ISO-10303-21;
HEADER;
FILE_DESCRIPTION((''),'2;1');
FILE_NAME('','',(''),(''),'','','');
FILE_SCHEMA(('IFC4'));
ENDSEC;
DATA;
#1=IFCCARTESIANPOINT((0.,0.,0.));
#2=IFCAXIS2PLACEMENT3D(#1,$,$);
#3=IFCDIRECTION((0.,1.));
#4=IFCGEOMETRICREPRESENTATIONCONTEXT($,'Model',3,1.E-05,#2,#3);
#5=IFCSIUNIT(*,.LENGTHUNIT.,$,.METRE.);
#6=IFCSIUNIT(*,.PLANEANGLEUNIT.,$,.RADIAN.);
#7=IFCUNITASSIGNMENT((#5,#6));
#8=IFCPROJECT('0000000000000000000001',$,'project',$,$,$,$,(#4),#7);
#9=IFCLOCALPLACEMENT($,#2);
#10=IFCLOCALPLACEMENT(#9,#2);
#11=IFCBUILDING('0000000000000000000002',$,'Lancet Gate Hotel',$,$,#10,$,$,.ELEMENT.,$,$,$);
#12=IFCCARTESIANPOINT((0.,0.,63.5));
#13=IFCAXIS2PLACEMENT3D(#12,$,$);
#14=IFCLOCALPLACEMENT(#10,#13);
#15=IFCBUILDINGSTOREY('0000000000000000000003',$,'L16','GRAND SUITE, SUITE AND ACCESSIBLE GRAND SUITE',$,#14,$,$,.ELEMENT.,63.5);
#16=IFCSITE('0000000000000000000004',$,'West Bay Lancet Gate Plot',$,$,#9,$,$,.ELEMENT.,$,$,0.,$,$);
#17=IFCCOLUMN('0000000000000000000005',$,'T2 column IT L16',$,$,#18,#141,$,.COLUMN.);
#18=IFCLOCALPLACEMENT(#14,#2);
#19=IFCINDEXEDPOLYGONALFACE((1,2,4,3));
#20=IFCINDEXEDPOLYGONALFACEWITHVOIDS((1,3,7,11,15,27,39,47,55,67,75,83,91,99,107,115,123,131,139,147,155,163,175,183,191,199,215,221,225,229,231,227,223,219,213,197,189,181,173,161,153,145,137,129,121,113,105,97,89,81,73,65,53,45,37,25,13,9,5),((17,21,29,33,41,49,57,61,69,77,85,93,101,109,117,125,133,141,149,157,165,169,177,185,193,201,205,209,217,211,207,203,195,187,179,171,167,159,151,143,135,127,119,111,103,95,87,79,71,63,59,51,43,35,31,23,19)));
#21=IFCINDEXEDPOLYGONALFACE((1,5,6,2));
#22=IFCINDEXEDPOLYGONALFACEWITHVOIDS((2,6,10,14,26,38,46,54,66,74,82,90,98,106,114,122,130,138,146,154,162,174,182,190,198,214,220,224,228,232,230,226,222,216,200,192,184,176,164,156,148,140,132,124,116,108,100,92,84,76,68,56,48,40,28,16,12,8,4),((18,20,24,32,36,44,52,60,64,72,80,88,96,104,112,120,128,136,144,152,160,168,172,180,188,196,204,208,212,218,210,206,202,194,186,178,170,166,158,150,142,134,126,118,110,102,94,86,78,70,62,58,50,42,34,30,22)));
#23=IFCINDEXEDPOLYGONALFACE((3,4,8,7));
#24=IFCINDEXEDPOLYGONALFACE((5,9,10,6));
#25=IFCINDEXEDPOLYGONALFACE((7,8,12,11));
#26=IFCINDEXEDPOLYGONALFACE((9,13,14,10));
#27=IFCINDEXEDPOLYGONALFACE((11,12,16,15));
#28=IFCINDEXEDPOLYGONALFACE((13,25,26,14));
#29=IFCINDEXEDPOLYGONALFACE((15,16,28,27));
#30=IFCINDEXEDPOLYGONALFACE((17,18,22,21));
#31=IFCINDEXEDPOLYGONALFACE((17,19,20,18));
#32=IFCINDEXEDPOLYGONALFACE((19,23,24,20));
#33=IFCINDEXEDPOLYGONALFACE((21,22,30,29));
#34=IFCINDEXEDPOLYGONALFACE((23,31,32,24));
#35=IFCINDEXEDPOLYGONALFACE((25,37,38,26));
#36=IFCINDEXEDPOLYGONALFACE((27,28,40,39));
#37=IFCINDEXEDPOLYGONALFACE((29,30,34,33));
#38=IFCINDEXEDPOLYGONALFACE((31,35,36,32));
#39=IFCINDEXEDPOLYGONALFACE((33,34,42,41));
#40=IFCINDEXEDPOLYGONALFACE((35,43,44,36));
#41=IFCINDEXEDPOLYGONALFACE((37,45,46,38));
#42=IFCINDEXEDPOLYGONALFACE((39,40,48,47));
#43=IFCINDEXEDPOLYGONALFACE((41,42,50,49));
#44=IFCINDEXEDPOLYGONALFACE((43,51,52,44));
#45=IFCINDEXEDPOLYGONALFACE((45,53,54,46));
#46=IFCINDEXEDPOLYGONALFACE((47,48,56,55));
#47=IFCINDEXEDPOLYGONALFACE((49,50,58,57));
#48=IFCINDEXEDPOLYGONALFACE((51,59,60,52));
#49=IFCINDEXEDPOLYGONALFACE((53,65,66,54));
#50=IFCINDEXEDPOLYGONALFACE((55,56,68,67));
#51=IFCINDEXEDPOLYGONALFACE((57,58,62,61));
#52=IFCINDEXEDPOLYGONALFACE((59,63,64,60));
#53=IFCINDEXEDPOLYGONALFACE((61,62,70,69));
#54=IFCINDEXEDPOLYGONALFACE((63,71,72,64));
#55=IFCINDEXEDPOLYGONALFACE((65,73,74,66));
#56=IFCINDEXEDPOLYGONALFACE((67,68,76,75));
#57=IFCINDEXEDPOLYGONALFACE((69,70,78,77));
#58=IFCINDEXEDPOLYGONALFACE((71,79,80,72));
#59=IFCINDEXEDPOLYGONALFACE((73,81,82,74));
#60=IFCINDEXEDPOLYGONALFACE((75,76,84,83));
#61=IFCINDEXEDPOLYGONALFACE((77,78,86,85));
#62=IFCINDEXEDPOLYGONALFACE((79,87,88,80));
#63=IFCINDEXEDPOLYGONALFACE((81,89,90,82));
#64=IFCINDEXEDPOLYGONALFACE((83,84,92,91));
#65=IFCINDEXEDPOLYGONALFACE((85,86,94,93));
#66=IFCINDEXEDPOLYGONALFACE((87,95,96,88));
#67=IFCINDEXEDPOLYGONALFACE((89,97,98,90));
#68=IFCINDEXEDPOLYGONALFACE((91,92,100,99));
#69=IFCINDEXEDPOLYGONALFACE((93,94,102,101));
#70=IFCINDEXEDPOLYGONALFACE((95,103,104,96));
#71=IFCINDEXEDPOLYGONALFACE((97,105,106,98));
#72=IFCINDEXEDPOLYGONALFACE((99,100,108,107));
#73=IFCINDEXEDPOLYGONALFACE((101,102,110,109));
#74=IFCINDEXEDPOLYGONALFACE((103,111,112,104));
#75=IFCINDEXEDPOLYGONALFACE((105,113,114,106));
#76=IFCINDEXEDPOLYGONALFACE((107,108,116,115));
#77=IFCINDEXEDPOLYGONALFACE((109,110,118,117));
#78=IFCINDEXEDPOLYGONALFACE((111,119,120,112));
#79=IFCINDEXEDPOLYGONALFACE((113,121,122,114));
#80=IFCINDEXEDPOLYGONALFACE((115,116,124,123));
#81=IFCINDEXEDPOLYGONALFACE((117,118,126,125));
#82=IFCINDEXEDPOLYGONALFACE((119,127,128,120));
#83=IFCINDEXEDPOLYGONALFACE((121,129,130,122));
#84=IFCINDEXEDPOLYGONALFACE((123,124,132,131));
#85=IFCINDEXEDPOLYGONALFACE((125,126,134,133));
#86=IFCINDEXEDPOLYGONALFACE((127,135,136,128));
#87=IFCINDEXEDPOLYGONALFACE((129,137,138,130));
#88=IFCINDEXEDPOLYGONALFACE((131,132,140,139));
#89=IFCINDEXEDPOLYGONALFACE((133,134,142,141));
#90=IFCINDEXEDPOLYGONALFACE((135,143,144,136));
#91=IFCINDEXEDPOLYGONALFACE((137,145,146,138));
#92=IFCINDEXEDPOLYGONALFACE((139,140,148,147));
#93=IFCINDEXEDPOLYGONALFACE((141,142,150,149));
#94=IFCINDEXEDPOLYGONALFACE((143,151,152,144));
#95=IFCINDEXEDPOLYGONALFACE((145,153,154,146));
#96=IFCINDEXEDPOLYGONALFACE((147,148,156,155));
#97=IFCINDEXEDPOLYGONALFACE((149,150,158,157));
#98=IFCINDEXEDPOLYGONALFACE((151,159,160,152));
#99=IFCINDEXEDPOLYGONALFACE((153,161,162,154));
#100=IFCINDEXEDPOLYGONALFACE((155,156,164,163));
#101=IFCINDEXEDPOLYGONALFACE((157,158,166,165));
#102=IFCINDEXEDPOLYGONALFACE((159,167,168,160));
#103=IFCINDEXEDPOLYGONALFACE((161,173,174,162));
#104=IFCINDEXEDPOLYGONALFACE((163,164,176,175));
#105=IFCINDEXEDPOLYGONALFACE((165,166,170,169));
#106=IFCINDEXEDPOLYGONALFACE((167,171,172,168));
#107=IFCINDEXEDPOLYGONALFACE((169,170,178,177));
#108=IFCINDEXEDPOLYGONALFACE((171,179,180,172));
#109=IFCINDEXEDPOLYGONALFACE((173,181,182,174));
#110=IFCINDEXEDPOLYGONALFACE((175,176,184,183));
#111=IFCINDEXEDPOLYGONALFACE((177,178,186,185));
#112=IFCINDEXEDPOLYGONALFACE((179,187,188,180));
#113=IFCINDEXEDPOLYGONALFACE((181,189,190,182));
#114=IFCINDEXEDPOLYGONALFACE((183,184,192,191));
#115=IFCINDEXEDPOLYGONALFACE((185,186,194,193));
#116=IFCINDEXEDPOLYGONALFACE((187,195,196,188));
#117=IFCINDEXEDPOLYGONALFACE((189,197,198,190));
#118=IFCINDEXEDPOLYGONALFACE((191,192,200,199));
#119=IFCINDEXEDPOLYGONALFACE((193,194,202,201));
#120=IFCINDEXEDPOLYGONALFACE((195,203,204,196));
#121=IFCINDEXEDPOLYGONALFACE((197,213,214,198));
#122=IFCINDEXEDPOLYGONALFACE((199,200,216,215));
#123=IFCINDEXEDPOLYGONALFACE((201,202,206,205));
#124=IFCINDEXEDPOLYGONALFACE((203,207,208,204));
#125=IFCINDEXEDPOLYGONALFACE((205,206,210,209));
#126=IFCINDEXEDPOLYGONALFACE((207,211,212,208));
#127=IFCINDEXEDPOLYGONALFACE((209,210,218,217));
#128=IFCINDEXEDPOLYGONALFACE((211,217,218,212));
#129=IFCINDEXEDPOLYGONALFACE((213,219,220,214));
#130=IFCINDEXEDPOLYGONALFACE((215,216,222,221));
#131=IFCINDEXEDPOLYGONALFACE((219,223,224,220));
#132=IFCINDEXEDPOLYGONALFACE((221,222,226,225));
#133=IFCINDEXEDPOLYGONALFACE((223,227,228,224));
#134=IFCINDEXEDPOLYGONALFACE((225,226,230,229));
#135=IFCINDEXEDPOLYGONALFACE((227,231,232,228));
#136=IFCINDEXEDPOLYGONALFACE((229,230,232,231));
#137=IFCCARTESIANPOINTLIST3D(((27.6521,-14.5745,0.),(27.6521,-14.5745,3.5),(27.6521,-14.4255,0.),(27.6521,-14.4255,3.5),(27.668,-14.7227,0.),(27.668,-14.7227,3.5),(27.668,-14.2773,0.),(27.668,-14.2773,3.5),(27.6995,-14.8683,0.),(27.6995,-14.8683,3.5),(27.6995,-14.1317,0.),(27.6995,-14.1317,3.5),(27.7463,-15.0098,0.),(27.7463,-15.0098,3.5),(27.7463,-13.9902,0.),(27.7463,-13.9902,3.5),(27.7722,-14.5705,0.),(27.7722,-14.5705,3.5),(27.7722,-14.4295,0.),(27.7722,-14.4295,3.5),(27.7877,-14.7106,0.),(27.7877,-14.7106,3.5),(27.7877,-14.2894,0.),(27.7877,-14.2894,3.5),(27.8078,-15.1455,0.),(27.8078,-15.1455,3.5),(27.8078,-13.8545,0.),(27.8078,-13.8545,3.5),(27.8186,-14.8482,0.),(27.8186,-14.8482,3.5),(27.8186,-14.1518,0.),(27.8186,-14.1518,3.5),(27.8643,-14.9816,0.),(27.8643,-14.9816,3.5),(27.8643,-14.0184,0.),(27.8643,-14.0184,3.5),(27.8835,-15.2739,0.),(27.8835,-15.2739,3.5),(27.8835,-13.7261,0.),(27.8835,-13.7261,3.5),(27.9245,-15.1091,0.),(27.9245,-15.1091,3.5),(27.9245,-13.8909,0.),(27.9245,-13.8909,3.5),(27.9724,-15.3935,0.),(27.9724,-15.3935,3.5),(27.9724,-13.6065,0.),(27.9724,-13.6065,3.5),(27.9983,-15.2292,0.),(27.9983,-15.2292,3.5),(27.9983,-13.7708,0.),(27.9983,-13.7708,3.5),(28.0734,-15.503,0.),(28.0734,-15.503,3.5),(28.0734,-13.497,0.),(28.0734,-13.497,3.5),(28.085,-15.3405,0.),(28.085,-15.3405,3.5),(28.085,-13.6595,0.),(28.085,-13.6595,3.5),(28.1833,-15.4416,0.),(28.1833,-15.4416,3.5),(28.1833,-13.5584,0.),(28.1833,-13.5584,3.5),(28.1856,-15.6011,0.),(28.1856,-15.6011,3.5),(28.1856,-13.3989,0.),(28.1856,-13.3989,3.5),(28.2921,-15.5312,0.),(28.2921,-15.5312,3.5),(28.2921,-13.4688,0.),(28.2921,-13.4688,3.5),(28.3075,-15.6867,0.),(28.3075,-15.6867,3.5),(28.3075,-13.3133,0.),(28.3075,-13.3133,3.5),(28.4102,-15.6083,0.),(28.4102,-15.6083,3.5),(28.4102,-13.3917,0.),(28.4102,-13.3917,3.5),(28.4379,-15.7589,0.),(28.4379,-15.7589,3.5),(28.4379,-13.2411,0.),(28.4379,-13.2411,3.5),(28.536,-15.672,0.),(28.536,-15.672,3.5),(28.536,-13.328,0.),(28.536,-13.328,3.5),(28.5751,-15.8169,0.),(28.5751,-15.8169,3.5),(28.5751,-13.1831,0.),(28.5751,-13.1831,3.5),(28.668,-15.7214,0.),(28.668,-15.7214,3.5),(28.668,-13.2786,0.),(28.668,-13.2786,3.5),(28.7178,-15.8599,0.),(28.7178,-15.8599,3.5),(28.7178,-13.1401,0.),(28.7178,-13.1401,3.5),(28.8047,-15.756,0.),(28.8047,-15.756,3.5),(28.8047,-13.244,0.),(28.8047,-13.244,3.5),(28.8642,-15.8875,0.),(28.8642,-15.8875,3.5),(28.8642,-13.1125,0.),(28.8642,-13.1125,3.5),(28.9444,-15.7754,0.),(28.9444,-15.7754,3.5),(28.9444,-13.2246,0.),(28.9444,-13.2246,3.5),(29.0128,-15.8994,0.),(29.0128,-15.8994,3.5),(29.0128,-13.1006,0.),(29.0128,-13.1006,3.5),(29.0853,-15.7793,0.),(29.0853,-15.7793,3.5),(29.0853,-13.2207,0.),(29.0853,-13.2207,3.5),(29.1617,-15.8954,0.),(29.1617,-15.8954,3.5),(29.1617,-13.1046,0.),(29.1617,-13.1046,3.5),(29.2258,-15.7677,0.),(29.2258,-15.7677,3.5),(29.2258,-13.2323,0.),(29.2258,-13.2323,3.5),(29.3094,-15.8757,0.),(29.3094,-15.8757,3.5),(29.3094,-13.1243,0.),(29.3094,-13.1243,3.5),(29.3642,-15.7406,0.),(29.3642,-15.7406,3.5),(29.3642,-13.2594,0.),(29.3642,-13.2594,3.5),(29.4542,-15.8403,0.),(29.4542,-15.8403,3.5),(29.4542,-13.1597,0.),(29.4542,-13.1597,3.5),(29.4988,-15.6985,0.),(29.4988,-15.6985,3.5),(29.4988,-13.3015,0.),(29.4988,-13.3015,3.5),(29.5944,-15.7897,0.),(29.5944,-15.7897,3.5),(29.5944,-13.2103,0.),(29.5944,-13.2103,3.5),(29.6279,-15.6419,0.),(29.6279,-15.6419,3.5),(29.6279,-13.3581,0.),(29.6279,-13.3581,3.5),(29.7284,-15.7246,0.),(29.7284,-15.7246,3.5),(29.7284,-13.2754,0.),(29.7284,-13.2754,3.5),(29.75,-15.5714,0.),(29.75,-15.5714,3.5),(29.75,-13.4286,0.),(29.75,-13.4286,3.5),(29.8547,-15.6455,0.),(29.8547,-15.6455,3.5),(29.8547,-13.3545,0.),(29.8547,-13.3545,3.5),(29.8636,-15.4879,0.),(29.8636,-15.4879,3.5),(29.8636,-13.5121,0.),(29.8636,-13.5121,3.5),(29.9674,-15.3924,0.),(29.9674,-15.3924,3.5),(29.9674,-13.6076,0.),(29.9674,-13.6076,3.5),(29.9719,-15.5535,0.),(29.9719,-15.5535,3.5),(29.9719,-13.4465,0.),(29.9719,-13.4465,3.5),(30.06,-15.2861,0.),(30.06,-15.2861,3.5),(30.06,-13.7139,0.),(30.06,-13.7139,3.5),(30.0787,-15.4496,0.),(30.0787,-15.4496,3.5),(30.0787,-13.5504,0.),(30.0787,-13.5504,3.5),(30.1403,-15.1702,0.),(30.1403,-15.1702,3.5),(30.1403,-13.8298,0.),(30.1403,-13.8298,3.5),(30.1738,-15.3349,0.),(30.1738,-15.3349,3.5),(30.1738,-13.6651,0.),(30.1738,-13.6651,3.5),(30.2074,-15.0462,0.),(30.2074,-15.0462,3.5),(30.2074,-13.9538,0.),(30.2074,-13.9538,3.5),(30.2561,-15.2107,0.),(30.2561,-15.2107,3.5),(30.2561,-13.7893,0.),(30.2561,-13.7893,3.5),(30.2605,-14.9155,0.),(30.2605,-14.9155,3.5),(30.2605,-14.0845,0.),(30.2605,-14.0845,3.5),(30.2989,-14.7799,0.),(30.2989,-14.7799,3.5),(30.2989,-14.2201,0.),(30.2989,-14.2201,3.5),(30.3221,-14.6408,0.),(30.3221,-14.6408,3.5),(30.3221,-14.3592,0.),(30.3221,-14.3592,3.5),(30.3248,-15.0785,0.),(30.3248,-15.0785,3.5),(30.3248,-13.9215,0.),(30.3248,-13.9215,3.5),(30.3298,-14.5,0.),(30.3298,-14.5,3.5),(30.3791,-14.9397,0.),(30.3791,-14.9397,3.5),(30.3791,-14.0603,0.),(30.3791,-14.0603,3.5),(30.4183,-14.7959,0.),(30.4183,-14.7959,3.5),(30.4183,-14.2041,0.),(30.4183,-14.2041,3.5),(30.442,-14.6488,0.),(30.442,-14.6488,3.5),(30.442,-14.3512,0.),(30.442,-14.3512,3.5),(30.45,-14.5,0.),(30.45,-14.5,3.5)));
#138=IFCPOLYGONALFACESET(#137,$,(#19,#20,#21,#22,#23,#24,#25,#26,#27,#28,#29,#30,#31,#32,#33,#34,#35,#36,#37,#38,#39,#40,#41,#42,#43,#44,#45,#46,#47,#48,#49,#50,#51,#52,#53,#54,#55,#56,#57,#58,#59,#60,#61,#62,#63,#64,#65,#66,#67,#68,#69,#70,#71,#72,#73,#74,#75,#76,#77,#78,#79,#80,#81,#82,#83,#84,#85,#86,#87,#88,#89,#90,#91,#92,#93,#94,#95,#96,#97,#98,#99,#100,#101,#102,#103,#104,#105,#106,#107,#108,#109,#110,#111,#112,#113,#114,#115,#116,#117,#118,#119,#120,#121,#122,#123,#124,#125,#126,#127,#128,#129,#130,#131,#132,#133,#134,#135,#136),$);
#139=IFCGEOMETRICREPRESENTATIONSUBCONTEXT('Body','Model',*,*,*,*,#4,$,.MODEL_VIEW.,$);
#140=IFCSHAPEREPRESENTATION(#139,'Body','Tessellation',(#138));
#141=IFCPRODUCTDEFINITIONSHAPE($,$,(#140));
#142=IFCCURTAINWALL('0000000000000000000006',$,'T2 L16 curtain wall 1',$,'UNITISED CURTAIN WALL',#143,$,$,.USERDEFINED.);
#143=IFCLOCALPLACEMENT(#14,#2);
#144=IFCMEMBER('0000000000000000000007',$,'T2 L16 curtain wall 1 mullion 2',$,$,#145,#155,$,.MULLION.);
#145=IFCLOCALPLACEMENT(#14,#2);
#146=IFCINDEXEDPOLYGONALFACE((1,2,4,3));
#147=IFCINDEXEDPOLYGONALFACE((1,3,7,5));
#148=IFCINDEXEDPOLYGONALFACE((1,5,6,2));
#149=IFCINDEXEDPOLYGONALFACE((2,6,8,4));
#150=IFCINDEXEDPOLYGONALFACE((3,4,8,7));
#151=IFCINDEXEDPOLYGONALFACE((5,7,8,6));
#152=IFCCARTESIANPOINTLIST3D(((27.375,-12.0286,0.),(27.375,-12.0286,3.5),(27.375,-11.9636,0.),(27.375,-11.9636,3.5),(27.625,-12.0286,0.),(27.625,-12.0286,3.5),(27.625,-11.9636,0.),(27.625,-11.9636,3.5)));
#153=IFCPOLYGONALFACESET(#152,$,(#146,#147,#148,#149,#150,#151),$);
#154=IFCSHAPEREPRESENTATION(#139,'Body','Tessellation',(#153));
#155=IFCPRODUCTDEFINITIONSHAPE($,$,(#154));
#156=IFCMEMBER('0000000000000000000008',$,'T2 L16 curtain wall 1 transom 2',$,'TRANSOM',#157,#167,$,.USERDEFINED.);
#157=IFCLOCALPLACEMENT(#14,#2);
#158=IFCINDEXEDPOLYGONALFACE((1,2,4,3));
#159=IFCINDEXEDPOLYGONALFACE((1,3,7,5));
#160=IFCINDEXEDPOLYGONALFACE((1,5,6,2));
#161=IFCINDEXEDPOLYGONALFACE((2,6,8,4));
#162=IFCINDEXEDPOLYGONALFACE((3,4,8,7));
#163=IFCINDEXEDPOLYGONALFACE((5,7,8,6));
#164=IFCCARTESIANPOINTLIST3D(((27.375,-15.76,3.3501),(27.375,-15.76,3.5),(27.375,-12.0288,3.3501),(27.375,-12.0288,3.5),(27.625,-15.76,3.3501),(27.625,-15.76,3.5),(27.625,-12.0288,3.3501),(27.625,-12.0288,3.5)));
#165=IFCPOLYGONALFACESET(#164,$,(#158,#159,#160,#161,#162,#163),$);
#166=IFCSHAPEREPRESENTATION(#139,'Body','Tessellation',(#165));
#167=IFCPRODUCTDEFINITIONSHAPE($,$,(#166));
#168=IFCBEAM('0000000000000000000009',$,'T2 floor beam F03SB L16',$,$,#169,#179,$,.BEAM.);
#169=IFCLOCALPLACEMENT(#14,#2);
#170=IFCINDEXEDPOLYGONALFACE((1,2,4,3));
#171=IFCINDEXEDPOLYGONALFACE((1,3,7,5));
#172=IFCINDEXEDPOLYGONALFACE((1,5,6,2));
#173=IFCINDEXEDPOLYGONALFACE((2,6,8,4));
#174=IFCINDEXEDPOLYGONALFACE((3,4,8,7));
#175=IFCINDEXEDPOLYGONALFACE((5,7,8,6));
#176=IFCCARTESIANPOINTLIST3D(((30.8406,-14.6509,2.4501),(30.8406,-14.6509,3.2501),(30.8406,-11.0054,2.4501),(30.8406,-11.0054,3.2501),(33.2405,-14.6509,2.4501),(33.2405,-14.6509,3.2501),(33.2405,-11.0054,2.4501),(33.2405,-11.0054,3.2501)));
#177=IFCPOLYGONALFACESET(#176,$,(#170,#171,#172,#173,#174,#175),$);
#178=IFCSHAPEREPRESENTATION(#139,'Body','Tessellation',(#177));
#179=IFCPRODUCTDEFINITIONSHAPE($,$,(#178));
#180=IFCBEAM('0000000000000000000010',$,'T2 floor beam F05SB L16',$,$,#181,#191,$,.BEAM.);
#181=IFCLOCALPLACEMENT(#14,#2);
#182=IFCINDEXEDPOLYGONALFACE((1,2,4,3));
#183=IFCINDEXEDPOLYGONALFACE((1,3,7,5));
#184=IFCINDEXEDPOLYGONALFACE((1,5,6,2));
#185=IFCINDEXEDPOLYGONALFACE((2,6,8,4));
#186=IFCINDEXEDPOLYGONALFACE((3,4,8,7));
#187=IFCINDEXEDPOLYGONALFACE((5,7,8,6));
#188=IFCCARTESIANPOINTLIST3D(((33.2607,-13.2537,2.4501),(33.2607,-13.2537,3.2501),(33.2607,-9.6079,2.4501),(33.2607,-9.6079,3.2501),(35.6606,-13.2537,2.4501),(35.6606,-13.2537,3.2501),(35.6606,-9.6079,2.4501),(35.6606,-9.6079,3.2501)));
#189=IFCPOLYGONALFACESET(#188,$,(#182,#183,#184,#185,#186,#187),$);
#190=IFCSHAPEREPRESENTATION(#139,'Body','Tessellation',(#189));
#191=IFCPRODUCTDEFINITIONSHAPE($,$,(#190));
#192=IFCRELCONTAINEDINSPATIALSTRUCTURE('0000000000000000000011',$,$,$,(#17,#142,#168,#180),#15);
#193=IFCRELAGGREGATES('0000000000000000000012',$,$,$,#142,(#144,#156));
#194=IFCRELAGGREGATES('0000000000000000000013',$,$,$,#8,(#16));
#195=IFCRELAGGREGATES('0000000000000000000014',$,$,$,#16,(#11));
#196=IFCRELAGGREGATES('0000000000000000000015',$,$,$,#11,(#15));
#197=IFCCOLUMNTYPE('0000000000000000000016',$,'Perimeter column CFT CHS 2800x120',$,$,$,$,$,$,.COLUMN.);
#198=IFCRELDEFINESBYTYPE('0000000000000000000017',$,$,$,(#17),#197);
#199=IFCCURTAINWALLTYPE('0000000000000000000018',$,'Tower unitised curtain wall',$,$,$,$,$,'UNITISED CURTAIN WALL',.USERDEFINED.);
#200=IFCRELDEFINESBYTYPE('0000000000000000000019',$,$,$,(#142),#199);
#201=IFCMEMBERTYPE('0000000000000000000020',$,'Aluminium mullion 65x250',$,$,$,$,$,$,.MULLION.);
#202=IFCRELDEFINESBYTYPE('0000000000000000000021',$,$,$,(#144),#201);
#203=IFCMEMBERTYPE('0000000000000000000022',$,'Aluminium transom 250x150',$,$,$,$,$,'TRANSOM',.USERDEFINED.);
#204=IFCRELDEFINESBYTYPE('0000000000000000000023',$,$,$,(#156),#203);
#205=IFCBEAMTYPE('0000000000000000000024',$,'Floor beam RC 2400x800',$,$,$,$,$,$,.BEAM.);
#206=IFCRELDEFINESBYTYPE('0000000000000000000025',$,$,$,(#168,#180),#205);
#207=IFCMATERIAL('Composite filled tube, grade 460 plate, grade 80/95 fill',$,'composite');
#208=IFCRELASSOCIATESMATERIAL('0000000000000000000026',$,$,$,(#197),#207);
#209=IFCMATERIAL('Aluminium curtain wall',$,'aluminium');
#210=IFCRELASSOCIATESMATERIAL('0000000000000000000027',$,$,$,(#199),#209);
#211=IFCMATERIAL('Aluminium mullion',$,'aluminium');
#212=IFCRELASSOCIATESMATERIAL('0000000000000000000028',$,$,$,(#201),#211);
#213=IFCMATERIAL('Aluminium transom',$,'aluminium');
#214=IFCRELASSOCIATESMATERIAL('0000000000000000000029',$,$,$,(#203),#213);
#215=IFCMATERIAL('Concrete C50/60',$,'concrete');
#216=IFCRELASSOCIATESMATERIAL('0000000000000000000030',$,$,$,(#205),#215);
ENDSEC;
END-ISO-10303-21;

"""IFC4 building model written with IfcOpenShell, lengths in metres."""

from ifc_helpers import new_model, si_unit, direction, frame, origin, origin_2d, place, context, subcontext, project, spatial, rectangle, hollow_circle, extrude, material, material_profile, profile_set, type_object, element, aggregate, save


model = new_model("IFC4")

# Units and contexts
model_context = context("Model", 3, precision=1e-05, world=origin(), true_north=direction((0.0, 1.0)))
body_context = subcontext(model_context, "Body", "Model", "MODEL_VIEW")
ifc_project = project(units=[si_unit("LENGTHUNIT", "METRE"), si_unit("PLANEANGLEUNIT", "RADIAN")], contexts=[model_context])

# Site, building, storey
site_placement = place(None, origin())
site = spatial("IfcSite", under=ifc_project, at=site_placement, Name="West Bay Lancet Gate Plot", CompositionType="ELEMENT", RefElevation=0.0)
building_placement = place(site_placement, origin())
building = spatial("IfcBuilding", under=site, at=building_placement, Name="Lancet Gate Hotel", CompositionType="ELEMENT")
storey_placement = place(building_placement, frame((0.0, 0.0, 63.5)))
storey = spatial("IfcBuildingStorey", under=building, at=storey_placement, Name="L16", Description="GRAND SUITE, SUITE AND ACCESSIBLE GRAND SUITE", CompositionType="ELEMENT", Elevation=63.5)

# Column
ifc_material_1 = material(Name="Composite filled tube, grade 460 plate, grade 80/95 fill", Category="composite")
ifc_material_profile_1 = material_profile(ifc_material_1, hollow_circle(Radius=1.3999, WallThickness=0.1201, at=origin_2d()), Name="CHS 2800x120")
ifc_profile_set_1 = profile_set([ifc_material_profile_1], Name="Composite filled tube, grade 460 plate, grade 80/95 fill")
column_type = type_object("IfcColumnType", Name="Perimeter column CFT CHS 2800x120", PredefinedType="COLUMN", material=ifc_profile_set_1)
for number, where, z_axis, x_axis, name in (
    (1, (29.05, -14.5, 0.0), (0.0, 0.0, 1.0), (1.0, 0.0, 0.0), "T2 column IT L16"),
):
    element("IfcColumn", number, at=place(storey_placement, frame(where, z_axis=z_axis, x_axis=x_axis)), inside=storey, type_object=column_type, Name=name, PredefinedType="COLUMN", context=body_context, shape_type="SweptSolid", body=[
        extrude(hollow_circle(Radius=1.3999, WallThickness=0.1201, at=origin_2d()), origin(), (0.0, 0.0, 1.0), 3.5),
    ])

# Curtain wall, members
ifc_material_2 = material(Name="Aluminium curtain wall", Category="aluminium")
curtain_wall_type = type_object("IfcCurtainWallType", Name="Tower unitised curtain wall", ElementType="UNITISED CURTAIN WALL", PredefinedType="USERDEFINED", material=ifc_material_2)
curtain_wall_placement = place(storey_placement, origin())
curtain_wall = element("IfcCurtainWall", 2, at=curtain_wall_placement, inside=storey, type_object=curtain_wall_type, Name="T2 L16 curtain wall 1", ObjectType="UNITISED CURTAIN WALL", PredefinedType="USERDEFINED")
ifc_material_3 = material(Name="Aluminium mullion", Category="aluminium")
ifc_material_profile_2 = material_profile(ifc_material_3, rectangle(XDim=0.0649, YDim=0.25, at=origin_2d()), Name="MULLION 65x250")
ifc_profile_set_2 = profile_set([ifc_material_profile_2], Name="Aluminium mullion")
member_type_1 = type_object("IfcMemberType", Name="Aluminium mullion 65x250", PredefinedType="MULLION", material=ifc_profile_set_2)
member_1_placement = place(storey_placement, frame((27.5, -11.9961, 0.0), z_axis=(0.0, 0.0, 1.0), x_axis=(0.0, -1.0, 0.0)))
member_1 = element("IfcMember", 3, at=member_1_placement, type_object=member_type_1, Name="T2 L16 curtain wall 1 mullion 2", PredefinedType="MULLION", context=body_context, shape_type="SweptSolid", body=[
    extrude(rectangle(XDim=0.0649, YDim=0.25, at=origin_2d()), origin(), (0.0, 0.0, 1.0), 3.5),
])
ifc_material_4 = material(Name="Aluminium transom", Category="aluminium")
ifc_material_profile_3 = material_profile(ifc_material_4, rectangle(XDim=0.25, YDim=0.1499, at=origin_2d()), Name="TRANSOM 250x150")
ifc_profile_set_3 = profile_set([ifc_material_profile_3], Name="Aluminium transom")
member_type_2 = type_object("IfcMemberType", Name="Aluminium transom 250x150", ElementType="TRANSOM", PredefinedType="USERDEFINED", material=ifc_profile_set_3)
member_2_placement = place(storey_placement, frame((27.5, -12.0288, 3.425), z_axis=(0.0, -1.0, 0.0), x_axis=(1.0, 0.0, 0.0)))
member_2 = element("IfcMember", 4, at=member_2_placement, type_object=member_type_2, Name="T2 L16 curtain wall 1 transom 2", ObjectType="TRANSOM", PredefinedType="USERDEFINED", context=body_context, shape_type="SweptSolid", body=[
    extrude(rectangle(XDim=0.25, YDim=0.1499, at=origin_2d()), origin(), (0.0, 0.0, 1.0), 3.7312),
])

# Beams
ifc_material_5 = material(Name="Concrete C50/60", Category="concrete")
ifc_material_profile_4 = material_profile(ifc_material_5, rectangle(XDim=2.3999, YDim=0.8, at=origin_2d()), Name="RC 2400x800")
ifc_profile_set_4 = profile_set([ifc_material_profile_4], Name="Concrete C50/60")
beam_type_1 = type_object("IfcBeamType", Name="Floor beam RC 2400x800", PredefinedType="BEAM", material=ifc_profile_set_4)
beam_1_placement = place(storey_placement, frame((32.0405, -14.6509, 2.8501), z_axis=(0.0, 1.0, 0.0), x_axis=(-1.0, 0.0, 0.0)))
element("IfcBeam", 5, at=beam_1_placement, inside=storey, type_object=beam_type_1, Name="T2 floor beam F03SB L16", PredefinedType="BEAM", context=body_context, shape_type="SweptSolid", body=[
    extrude(rectangle(XDim=2.3999, YDim=0.8, at=origin_2d()), origin(), (0.0, 0.0, 1.0), 3.6455),
])
for number, where, z_axis, x_axis, name in (
    (6, (34.4607, -13.2537, 2.8501), (0.0, 1.0, 0.0), (-1.0, 0.0, 0.0), "T2 floor beam F05SB L16"),
):
    element("IfcBeam", number, at=place(storey_placement, frame(where, z_axis=z_axis, x_axis=x_axis)), inside=storey, type_object=beam_type_1, Name=name, PredefinedType="BEAM", context=body_context, shape_type="SweptSolid", body=[
        extrude(rectangle(XDim=2.3999, YDim=0.8, at=origin_2d()), origin(), (0.0, 0.0, 1.0), 3.6458),
    ])

aggregate(curtain_wall, [member_1, member_2])

save(model, "model.ifc")
